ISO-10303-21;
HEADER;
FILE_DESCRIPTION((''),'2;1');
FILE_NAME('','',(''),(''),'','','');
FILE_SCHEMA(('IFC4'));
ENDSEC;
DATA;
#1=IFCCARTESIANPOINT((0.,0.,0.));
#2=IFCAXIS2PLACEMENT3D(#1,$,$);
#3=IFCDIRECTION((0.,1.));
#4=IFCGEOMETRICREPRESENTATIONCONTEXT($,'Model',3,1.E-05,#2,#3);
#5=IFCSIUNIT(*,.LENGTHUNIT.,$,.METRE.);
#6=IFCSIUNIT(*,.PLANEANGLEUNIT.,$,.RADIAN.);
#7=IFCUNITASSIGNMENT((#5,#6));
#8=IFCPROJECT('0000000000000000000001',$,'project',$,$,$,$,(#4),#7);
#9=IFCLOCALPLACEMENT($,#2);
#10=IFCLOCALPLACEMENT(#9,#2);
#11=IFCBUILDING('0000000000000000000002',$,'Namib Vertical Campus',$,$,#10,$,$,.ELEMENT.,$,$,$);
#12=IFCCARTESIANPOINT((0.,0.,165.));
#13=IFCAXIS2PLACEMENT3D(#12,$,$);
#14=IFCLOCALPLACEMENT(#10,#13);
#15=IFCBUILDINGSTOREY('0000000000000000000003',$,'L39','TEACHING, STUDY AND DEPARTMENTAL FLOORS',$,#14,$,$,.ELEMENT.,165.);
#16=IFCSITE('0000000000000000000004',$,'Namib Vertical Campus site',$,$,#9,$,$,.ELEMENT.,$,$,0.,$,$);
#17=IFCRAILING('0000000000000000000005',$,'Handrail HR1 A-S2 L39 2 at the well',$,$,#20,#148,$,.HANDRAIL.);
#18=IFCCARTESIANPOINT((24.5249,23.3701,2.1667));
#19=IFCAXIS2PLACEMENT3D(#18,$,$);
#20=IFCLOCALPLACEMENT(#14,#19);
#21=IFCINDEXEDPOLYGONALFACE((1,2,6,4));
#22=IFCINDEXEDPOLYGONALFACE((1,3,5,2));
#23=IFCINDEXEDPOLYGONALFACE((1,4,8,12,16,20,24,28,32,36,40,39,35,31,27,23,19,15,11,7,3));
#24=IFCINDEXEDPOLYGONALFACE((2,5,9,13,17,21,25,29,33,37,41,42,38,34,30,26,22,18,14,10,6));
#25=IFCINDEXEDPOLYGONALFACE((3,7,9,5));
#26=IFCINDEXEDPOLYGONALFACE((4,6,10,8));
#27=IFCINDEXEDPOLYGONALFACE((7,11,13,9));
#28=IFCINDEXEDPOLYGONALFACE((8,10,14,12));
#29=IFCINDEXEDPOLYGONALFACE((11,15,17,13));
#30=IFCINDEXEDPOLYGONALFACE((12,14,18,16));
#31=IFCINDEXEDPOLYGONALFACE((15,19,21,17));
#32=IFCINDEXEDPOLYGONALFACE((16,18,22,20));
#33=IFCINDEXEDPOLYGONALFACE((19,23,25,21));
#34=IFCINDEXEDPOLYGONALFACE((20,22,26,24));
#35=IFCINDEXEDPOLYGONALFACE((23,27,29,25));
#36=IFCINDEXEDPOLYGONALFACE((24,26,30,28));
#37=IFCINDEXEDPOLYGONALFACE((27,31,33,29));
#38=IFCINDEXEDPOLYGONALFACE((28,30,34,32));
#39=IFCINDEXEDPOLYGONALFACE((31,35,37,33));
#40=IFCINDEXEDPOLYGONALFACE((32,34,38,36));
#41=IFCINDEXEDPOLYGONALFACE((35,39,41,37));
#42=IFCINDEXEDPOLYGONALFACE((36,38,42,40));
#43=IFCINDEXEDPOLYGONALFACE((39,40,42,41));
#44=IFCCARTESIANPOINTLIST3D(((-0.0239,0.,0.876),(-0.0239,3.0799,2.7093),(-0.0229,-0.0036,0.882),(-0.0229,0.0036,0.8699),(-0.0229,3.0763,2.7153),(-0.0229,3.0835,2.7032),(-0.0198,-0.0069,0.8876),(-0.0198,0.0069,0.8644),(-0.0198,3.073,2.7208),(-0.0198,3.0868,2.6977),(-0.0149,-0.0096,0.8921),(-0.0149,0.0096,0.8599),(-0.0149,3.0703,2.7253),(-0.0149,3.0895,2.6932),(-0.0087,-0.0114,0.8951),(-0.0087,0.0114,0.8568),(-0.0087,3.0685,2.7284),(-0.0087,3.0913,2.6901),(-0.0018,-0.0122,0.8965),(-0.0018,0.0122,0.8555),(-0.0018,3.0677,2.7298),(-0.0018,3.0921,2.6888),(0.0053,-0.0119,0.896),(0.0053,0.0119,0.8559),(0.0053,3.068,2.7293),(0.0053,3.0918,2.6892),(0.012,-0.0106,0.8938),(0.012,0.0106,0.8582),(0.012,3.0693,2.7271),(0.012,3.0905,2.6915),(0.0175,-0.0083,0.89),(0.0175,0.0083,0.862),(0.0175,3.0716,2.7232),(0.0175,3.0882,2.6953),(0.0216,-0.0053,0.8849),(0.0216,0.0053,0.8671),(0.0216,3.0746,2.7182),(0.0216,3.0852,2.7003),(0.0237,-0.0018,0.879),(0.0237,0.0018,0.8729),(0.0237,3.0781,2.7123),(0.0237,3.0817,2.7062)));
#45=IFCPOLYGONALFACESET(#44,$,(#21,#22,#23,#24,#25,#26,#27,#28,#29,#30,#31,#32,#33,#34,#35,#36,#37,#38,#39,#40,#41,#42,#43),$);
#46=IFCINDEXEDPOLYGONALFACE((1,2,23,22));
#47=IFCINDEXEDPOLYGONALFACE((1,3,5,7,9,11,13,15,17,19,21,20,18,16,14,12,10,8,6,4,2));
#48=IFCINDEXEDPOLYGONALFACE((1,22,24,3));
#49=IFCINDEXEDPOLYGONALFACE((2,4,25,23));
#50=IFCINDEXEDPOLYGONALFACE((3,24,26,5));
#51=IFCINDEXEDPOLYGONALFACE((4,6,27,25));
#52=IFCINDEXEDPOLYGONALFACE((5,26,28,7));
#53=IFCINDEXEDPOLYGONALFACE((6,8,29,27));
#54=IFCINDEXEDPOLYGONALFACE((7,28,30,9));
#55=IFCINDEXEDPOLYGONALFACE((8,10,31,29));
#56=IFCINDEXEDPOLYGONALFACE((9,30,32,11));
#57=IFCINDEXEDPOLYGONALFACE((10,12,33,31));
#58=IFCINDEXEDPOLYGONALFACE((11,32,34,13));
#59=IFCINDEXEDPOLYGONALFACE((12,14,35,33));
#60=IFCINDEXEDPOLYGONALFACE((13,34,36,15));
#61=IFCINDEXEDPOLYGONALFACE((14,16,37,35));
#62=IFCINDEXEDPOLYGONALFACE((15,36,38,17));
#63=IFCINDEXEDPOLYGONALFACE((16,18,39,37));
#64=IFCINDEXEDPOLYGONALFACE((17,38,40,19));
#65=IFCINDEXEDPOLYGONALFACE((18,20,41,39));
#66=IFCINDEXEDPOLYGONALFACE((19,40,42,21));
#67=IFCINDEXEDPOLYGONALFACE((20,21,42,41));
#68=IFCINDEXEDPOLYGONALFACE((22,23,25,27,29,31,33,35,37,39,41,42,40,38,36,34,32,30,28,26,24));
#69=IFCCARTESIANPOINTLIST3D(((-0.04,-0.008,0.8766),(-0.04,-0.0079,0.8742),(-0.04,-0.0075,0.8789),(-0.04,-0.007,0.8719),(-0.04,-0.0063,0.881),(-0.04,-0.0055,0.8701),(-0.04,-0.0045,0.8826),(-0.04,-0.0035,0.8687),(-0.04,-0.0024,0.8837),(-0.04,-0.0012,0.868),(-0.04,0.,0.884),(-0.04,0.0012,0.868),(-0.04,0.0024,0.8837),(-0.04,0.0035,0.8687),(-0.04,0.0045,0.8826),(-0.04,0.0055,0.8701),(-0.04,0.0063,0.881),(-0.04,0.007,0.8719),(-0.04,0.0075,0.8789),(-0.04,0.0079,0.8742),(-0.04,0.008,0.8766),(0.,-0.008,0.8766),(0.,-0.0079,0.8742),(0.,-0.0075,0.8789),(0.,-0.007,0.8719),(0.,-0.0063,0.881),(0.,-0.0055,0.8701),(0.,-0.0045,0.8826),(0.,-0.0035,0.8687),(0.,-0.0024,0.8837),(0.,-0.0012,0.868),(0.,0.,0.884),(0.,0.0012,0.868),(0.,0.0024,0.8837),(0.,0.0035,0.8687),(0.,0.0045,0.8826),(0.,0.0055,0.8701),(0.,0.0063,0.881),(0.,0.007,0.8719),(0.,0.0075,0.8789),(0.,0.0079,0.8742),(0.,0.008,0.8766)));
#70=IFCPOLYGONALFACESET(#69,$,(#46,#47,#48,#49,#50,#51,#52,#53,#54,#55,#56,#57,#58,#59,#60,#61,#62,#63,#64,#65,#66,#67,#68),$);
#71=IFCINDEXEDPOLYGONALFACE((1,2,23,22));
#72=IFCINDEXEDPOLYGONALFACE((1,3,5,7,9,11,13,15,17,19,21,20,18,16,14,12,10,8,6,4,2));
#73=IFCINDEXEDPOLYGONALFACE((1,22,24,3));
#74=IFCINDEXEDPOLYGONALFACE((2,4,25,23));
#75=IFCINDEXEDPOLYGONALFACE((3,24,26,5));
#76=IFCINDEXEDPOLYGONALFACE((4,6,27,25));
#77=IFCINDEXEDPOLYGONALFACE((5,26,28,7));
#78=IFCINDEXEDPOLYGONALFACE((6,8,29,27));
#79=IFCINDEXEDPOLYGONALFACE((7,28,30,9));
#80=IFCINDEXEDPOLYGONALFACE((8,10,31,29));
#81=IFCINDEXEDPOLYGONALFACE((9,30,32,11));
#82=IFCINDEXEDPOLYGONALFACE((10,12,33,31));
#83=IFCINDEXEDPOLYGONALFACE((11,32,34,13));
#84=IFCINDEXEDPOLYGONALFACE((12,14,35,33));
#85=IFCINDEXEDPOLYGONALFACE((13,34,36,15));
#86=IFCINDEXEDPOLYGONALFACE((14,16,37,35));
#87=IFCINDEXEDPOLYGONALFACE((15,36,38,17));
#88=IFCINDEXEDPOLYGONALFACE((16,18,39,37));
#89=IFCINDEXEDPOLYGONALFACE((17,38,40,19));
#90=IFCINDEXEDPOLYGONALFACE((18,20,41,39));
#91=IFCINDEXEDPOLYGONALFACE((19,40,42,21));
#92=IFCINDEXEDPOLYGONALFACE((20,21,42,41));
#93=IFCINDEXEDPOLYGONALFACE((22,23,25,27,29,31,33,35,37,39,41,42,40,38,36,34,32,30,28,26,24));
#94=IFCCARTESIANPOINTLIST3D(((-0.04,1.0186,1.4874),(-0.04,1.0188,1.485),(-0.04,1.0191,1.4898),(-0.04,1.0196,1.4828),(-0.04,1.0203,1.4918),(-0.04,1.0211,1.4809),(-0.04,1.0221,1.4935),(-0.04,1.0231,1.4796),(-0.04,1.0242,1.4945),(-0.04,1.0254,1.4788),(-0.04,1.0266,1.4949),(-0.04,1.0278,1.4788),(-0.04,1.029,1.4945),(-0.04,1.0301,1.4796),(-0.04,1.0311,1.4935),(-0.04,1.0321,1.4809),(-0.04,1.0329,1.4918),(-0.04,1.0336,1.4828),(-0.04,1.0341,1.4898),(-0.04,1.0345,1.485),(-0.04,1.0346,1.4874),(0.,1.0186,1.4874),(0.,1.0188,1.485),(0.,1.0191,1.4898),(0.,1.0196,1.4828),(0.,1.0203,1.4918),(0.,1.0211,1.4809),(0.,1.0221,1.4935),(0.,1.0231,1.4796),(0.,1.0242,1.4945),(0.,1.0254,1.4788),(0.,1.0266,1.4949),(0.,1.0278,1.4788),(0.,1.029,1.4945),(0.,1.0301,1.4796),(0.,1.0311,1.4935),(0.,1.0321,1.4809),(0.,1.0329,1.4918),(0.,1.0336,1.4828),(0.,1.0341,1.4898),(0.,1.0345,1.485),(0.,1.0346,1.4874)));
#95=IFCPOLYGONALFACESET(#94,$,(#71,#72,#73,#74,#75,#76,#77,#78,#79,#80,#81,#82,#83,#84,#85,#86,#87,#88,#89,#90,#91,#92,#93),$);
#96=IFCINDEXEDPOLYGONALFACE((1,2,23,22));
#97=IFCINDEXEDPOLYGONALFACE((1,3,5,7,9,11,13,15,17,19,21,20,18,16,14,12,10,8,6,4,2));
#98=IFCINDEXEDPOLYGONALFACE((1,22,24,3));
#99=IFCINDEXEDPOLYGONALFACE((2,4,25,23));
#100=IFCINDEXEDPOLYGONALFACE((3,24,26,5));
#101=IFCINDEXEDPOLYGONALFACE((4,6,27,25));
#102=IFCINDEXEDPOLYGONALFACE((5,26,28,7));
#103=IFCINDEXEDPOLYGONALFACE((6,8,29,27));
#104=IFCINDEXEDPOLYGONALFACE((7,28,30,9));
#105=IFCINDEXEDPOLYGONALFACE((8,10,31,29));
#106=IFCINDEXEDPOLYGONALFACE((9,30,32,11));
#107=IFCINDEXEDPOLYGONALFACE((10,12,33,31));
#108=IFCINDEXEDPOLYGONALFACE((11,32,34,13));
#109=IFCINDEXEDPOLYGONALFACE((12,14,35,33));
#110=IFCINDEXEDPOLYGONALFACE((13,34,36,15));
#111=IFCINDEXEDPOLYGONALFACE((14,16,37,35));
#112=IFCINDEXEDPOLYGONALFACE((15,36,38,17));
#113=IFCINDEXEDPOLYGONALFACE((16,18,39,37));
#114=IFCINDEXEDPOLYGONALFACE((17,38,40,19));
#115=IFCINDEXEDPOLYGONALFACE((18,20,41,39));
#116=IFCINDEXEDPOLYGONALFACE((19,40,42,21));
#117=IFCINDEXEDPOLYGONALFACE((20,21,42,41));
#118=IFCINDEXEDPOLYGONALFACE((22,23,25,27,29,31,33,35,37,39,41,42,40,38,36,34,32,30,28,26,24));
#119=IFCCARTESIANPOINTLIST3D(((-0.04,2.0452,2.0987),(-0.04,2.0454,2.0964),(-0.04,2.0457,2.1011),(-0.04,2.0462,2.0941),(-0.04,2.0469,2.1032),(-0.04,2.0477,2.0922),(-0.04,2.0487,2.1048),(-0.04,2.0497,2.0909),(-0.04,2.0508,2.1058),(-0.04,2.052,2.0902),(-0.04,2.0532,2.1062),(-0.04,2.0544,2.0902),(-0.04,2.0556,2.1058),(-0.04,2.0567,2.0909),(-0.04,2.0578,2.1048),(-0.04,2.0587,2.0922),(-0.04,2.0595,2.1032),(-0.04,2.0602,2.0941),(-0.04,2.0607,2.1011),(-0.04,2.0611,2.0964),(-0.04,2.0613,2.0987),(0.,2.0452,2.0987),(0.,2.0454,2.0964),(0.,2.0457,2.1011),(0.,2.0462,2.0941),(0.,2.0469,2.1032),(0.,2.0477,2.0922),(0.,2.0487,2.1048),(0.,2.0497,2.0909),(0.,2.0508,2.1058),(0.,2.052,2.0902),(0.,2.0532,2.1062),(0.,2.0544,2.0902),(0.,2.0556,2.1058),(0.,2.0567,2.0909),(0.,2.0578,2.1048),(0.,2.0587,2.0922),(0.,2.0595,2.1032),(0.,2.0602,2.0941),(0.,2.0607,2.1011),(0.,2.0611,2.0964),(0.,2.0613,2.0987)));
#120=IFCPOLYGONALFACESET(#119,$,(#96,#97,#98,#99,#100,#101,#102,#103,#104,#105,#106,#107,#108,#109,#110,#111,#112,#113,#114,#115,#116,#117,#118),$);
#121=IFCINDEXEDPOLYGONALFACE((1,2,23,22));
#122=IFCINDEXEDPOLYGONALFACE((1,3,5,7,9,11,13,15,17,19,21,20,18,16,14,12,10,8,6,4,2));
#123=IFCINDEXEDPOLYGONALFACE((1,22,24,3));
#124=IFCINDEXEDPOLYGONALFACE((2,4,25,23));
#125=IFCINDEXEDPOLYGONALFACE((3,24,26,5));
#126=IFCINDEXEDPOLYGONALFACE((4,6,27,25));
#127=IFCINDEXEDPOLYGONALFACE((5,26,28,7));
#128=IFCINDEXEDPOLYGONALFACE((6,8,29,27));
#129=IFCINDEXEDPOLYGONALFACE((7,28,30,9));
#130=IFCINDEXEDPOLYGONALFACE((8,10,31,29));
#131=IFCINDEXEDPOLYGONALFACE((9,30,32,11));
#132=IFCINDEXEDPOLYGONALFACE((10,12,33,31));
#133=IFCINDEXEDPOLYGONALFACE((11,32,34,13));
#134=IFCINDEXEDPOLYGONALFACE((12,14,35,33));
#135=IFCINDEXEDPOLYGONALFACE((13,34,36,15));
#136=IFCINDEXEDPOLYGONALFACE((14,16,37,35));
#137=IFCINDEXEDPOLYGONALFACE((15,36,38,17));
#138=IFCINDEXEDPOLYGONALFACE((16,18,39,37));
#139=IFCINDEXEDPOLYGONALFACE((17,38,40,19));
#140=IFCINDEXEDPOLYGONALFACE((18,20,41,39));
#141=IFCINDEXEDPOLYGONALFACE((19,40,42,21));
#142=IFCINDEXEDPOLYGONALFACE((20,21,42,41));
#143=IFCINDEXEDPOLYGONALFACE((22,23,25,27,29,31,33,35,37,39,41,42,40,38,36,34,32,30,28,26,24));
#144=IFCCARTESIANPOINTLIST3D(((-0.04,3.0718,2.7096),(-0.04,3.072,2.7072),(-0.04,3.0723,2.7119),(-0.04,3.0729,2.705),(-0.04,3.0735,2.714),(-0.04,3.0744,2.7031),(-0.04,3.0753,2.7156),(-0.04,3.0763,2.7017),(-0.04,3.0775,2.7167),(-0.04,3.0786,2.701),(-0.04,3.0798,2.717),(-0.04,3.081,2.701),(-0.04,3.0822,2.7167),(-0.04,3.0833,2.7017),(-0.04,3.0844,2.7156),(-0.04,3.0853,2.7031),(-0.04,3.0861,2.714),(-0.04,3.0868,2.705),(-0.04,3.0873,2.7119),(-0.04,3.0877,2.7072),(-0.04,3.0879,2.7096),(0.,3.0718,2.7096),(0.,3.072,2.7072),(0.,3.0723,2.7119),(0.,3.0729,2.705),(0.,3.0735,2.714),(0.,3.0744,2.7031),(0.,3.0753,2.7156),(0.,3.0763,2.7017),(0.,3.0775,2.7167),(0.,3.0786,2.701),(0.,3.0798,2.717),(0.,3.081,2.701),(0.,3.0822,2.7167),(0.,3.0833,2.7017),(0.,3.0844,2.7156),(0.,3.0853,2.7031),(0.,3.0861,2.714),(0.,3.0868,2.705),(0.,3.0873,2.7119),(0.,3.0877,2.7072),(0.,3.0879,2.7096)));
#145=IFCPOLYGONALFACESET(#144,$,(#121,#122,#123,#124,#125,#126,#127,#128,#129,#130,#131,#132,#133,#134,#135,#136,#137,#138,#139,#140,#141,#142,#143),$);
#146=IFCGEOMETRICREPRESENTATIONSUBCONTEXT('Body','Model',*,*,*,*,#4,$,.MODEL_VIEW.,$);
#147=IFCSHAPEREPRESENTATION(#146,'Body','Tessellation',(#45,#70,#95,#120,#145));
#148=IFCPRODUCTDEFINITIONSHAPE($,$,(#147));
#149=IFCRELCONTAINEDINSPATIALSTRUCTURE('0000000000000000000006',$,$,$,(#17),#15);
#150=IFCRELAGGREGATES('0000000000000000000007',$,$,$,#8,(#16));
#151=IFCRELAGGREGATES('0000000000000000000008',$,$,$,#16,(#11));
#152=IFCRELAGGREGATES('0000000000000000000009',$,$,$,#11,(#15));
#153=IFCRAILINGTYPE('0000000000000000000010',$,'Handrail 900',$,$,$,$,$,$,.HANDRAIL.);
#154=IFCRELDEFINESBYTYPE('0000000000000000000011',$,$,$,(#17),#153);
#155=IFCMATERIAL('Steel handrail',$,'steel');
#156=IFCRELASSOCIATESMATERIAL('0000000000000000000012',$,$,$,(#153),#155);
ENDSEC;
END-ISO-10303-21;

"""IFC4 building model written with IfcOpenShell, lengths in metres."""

from ifc_helpers import new_model, si_unit, direction, frame, origin, origin_2d, place, context, subcontext, project, spatial, circle, extrude, material, type_object, element, save


model = new_model("IFC4")

# Units and contexts
model_context = context("Model", 3, precision=1e-05, world=origin(), true_north=direction((0.0, 1.0)))
body_context = subcontext(model_context, "Body", "Model", "MODEL_VIEW")
ifc_project = project(units=[si_unit("LENGTHUNIT", "METRE"), si_unit("PLANEANGLEUNIT", "RADIAN")], contexts=[model_context])

# Site, building, storey
site_placement = place(None, origin())
site = spatial("IfcSite", under=ifc_project, at=site_placement, Name="Namib Vertical Campus site", CompositionType="ELEMENT", RefElevation=0.0)
building_placement = place(site_placement, origin())
building = spatial("IfcBuilding", under=site, at=building_placement, Name="Namib Vertical Campus", CompositionType="ELEMENT")
storey_placement = place(building_placement, frame((0.0, 0.0, 165.0)))
storey = spatial("IfcBuildingStorey", under=building, at=storey_placement, Name="L39", Description="TEACHING, STUDY AND DEPARTMENTAL FLOORS", CompositionType="ELEMENT", Elevation=165.0)

# Railing
ifc_material_1 = material(Name="Steel handrail", Category="steel")
railing_type_1 = type_object("IfcRailingType", Name="Handrail 900", PredefinedType="HANDRAIL", material=ifc_material_1)
railing_1_placement = place(storey_placement, frame((24.5249, 23.3701, 2.1667)))
element("IfcRailing", 1, at=railing_1_placement, inside=storey, type_object=railing_type_1, Name="Handrail HR1 A-S2 L39 2 at the well", PredefinedType="HANDRAIL", context=body_context, shape_type="SweptSolid", body=[
    extrude(circle(Radius=0.0239, at=origin_2d()), frame((0.0, 0.0, 0.876), z_axis=(0.0, 0.859291, 0.511487), x_axis=(-1.0, 0.0, 0.0)), (0.0, 0.0, 1.0), 3.5842),
    extrude(circle(Radius=0.0081, at=origin_2d()), frame((0.0, 0.0, 0.876), z_axis=(-1.0, 0.0, 0.0), x_axis=(0.0, 0.0, 1.0)), (0.0, 0.0, 1.0), 0.04),
    extrude(circle(Radius=0.0081, at=origin_2d()), frame((0.0, 1.0266, 1.4868), z_axis=(-1.0, 0.0, 0.0), x_axis=(0.0, 0.0, 1.0)), (0.0, 0.0, 1.0), 0.04),
    extrude(circle(Radius=0.0081, at=origin_2d()), frame((0.0, 2.0532, 2.0981), z_axis=(-1.0, 0.0, 0.0), x_axis=(0.0, 0.0, 1.0)), (0.0, 0.0, 1.0), 0.04),
    extrude(circle(Radius=0.0081, at=origin_2d()), frame((0.0, 3.0798, 2.709), z_axis=(-1.0, 0.0, 0.0), x_axis=(0.0, 0.0, 1.0)), (0.0, 0.0, 1.0), 0.04),
])

save(model, "model.ifc")
